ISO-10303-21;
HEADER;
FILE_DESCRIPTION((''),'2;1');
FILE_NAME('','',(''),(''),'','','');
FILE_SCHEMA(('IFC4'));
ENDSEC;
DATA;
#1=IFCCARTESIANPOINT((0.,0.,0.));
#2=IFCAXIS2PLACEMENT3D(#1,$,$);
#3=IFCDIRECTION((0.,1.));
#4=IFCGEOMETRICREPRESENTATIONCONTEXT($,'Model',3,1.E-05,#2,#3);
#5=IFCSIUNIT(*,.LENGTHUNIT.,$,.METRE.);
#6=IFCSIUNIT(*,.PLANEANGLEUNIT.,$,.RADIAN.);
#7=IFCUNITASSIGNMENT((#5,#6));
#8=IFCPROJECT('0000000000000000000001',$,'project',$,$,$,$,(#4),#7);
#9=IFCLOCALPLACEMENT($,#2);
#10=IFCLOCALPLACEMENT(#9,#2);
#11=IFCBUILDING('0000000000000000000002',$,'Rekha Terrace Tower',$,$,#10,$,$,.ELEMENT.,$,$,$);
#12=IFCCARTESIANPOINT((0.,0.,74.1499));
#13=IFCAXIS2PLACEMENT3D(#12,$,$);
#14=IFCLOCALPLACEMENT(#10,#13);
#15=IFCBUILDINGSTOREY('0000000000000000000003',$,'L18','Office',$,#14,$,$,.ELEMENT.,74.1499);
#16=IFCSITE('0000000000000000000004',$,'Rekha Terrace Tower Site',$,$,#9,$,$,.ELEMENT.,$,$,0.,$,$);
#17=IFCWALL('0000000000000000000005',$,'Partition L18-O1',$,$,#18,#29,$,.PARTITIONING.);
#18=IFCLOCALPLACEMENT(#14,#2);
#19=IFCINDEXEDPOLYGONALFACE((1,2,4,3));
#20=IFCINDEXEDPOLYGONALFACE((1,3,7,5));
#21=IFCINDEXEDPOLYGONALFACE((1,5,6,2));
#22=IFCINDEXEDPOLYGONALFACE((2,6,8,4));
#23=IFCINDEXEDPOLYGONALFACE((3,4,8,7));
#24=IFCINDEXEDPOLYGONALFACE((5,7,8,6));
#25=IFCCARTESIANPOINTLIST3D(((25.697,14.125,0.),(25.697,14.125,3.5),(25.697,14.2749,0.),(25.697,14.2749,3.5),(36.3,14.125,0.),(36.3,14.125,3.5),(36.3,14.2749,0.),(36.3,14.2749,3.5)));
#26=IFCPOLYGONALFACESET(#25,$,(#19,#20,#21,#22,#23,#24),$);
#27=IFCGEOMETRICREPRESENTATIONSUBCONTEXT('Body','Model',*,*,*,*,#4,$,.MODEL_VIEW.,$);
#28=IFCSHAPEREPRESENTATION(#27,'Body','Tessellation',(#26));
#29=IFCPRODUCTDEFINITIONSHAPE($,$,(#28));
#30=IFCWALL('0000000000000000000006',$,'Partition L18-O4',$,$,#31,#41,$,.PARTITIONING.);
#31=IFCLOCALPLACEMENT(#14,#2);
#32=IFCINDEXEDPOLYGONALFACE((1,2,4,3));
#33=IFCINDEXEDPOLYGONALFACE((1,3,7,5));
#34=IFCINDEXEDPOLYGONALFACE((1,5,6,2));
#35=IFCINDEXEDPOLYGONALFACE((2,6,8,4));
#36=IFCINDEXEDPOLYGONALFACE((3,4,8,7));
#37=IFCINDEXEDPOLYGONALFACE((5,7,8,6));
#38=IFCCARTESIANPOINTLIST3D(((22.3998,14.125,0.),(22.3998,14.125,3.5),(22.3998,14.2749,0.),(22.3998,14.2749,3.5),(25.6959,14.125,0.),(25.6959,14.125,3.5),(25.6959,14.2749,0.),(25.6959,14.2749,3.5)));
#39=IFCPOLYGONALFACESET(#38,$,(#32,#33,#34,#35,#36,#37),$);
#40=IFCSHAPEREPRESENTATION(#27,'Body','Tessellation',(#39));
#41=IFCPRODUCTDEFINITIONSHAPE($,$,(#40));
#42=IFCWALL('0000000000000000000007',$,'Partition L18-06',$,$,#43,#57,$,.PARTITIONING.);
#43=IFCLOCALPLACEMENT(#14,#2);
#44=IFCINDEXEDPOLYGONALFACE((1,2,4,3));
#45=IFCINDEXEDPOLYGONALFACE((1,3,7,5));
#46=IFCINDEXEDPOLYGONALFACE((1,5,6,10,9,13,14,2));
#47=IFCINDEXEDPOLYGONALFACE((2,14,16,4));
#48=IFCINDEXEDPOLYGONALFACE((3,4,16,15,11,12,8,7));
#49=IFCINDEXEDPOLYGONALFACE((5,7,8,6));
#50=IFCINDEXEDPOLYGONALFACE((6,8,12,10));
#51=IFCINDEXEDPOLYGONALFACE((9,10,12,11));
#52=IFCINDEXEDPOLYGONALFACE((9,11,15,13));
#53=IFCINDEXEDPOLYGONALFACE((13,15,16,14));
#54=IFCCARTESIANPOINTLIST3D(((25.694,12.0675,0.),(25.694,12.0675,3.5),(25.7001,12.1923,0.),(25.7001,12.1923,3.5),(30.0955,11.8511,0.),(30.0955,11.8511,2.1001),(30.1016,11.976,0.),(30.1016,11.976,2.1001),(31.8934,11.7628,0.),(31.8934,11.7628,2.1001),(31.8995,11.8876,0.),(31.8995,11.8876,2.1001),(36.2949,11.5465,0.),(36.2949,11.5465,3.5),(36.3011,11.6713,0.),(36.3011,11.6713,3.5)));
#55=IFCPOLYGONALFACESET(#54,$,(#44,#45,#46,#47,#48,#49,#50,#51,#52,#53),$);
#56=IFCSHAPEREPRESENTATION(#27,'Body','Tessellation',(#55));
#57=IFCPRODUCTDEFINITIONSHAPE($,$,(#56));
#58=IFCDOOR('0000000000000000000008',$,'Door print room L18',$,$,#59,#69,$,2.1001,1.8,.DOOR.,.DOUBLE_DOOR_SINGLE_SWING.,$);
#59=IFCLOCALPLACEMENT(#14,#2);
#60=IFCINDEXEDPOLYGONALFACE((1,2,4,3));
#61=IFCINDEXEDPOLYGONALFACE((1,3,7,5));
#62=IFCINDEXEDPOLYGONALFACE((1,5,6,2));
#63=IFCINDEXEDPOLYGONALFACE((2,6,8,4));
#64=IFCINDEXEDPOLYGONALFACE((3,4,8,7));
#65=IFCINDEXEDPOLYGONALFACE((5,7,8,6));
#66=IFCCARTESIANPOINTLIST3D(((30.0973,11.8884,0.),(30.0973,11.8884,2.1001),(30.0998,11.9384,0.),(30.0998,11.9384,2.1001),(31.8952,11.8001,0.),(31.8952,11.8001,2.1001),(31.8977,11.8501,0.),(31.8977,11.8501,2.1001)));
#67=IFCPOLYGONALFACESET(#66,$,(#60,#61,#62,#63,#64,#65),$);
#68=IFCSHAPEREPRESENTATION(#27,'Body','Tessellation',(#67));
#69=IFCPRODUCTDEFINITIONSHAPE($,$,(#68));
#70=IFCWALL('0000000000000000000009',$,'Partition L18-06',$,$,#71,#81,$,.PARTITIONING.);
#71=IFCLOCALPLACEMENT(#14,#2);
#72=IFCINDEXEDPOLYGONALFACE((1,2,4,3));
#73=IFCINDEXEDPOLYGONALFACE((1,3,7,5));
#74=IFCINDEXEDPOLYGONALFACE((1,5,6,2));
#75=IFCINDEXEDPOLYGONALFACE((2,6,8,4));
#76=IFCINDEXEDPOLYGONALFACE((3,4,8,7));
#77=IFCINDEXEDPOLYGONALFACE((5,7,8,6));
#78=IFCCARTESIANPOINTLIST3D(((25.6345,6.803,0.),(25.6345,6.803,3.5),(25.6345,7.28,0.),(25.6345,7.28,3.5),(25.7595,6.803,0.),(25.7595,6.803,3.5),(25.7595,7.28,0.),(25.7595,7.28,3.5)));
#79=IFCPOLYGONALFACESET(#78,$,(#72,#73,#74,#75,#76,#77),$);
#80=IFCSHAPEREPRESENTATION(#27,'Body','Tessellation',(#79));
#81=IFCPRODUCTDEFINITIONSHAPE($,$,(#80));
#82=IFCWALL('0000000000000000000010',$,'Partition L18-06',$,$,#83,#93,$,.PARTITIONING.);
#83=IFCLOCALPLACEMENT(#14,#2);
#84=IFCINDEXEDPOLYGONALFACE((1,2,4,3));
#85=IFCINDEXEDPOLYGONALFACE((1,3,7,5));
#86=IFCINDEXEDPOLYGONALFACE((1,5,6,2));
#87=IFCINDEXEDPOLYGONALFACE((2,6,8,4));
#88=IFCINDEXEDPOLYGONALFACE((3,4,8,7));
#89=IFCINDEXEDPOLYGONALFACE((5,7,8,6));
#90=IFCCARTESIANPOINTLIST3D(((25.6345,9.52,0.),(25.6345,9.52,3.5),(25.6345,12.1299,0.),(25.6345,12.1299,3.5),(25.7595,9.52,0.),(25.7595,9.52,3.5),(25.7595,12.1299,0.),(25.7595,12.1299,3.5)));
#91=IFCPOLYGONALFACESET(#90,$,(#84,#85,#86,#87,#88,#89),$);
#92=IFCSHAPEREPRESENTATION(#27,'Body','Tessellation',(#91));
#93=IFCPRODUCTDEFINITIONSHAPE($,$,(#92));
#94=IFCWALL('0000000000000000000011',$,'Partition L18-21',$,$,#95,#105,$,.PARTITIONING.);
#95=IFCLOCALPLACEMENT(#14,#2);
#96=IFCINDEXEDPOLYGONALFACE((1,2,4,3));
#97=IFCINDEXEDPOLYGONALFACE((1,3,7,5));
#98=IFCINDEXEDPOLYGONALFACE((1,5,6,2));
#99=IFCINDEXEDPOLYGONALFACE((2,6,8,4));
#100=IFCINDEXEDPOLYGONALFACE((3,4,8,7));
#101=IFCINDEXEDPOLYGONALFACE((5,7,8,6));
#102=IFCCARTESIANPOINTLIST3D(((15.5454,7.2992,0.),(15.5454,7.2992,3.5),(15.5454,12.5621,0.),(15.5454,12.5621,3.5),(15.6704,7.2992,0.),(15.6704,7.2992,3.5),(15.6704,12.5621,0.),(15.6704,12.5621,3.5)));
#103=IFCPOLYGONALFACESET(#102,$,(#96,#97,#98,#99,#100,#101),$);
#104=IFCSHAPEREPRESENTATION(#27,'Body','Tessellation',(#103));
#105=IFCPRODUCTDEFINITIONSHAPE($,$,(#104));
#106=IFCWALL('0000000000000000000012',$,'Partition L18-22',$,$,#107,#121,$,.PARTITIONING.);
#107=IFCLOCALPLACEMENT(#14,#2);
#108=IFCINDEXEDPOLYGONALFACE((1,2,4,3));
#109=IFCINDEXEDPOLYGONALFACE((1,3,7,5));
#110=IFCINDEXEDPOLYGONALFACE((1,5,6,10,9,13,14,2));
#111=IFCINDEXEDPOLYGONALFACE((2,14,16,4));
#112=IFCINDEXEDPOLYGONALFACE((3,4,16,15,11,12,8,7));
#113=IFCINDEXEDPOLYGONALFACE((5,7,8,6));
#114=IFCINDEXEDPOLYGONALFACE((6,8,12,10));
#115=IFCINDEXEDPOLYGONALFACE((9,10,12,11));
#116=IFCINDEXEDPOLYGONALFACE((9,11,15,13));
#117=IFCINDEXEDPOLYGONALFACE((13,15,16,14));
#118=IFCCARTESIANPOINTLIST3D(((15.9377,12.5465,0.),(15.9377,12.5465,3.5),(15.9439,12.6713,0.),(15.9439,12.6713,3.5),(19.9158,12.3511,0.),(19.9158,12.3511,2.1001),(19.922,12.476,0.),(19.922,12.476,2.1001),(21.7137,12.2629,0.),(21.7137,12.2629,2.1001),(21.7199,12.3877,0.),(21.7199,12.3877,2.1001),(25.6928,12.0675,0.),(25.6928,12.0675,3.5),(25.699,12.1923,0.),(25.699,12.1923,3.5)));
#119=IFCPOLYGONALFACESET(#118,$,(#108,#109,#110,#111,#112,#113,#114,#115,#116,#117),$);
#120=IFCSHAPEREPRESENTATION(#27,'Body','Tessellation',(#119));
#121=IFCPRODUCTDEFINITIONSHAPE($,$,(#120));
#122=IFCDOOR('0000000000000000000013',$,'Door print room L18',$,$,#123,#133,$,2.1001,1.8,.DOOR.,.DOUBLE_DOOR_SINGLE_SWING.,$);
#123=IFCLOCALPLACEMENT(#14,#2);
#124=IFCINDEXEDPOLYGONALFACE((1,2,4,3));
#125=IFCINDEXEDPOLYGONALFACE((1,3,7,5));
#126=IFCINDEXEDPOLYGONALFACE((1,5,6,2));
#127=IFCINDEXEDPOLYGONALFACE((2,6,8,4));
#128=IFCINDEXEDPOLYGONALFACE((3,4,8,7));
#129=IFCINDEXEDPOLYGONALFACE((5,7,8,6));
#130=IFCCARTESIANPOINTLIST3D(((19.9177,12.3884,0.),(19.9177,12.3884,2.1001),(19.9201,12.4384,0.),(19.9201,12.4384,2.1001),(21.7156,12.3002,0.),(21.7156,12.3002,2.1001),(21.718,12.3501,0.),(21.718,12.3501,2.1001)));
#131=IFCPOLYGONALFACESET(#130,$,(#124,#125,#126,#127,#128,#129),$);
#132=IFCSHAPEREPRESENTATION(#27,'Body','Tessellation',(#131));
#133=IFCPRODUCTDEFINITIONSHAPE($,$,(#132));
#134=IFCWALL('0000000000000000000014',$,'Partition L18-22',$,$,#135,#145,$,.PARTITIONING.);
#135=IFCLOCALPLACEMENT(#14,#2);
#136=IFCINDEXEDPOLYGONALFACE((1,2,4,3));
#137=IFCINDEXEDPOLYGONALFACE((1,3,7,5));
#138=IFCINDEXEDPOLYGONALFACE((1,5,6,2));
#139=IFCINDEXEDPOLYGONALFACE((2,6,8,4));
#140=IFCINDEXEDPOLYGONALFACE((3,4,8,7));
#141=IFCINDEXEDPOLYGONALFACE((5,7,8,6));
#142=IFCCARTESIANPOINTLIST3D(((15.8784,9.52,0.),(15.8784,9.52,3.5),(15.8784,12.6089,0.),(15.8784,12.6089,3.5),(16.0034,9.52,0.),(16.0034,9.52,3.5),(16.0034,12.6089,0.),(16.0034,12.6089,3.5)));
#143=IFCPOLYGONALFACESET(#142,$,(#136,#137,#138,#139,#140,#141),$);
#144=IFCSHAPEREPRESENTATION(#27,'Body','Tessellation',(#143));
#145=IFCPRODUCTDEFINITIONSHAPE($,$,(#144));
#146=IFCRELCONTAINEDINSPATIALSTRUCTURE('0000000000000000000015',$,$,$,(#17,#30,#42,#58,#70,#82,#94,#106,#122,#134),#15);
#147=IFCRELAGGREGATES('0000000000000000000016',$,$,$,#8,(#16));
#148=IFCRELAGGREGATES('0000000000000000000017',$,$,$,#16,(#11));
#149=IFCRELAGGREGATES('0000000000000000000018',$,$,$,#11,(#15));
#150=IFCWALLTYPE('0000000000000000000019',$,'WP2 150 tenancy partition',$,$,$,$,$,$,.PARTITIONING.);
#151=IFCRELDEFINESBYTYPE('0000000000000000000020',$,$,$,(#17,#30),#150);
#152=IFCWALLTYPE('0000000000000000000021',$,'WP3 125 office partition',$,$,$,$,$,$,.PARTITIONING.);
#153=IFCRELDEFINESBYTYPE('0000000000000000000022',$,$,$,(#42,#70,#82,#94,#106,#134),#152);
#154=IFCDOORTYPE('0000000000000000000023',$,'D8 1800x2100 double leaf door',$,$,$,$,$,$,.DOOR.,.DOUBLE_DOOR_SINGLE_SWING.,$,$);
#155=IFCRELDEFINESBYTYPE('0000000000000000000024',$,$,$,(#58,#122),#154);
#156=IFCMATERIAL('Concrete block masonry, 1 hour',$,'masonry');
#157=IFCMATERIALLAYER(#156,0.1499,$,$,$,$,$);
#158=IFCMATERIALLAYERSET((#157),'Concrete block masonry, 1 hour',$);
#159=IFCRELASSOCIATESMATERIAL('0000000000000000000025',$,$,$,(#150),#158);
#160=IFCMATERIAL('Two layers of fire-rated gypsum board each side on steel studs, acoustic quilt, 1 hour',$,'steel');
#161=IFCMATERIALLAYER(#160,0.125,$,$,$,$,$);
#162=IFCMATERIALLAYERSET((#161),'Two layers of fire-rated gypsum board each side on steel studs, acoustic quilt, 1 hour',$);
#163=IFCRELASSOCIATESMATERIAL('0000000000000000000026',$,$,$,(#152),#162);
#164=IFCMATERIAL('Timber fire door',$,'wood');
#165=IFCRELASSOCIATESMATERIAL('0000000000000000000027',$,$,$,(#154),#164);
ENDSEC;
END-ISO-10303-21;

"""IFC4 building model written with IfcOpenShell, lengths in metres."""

from ifc_helpers import new_model, si_unit, direction, frame, frame_2d, origin, place, context, subcontext, project, spatial, rectangle, extrude, material, layer, layer_set, type_object, element, fill, save


model = new_model("IFC4")

# Units and contexts
model_context = context("Model", 3, precision=1e-05, world=origin(), true_north=direction((0.0, 1.0)))
body_context = subcontext(model_context, "Body", "Model", "MODEL_VIEW")
ifc_project = project(units=[si_unit("LENGTHUNIT", "METRE"), si_unit("PLANEANGLEUNIT", "RADIAN")], contexts=[model_context])

# Site, building, storey
site_placement = place(None, origin())
site = spatial("IfcSite", under=ifc_project, at=site_placement, Name="Rekha Terrace Tower Site", CompositionType="ELEMENT", RefElevation=0.0)
building_placement = place(site_placement, origin())
building = spatial("IfcBuilding", under=site, at=building_placement, Name="Rekha Terrace Tower", CompositionType="ELEMENT")
storey_placement = place(building_placement, frame((0.0, 0.0, 74.1499)))
storey = spatial("IfcBuildingStorey", under=building, at=storey_placement, Name="L18", Description="Office", CompositionType="ELEMENT", Elevation=74.1499)

# Walls
ifc_material_1 = material(Name="Concrete block masonry, 1 hour", Category="masonry")
ifc_layer_1 = layer(ifc_material_1, 0.1499)
ifc_layer_set_1 = layer_set([ifc_layer_1], Name="Concrete block masonry, 1 hour")
wall_type_1 = type_object("IfcWallType", Name="WP2 150 tenancy partition", PredefinedType="PARTITIONING", material=ifc_layer_set_1)
wall_1_placement = place(storey_placement, frame((25.697, 14.2, 0.0), z_axis=(0.0, 0.0, 1.0), x_axis=(1.0, 0.0, 0.0)))
element("IfcWall", 1, at=wall_1_placement, inside=storey, type_object=wall_type_1, Name="Partition L18-O1", PredefinedType="PARTITIONING", context=body_context, shape_type="SweptSolid", body=[
    extrude(rectangle(XDim=10.603, YDim=0.1499, at=frame_2d((5.3015, 0.0))), origin(), (0.0, 0.0, 1.0), 3.5),
])
wall_2_placement = place(storey_placement, frame((22.3999, 14.2, 0.0), z_axis=(0.0, 0.0, 1.0), x_axis=(1.0, 0.0, 0.0)))
element("IfcWall", 2, at=wall_2_placement, inside=storey, type_object=wall_type_1, Name="Partition L18-O4", PredefinedType="PARTITIONING", context=body_context, shape_type="SweptSolid", body=[
    extrude(rectangle(XDim=3.2961, YDim=0.1499, at=frame_2d((1.6479, 0.0))), origin(), (0.0, 0.0, 1.0), 3.5),
])

# Wall, opening, door
ifc_material_2 = material(Name="Two layers of fire-rated gypsum board each side on steel studs, acoustic quilt, 1 hour", Category="steel")
ifc_layer_2 = layer(ifc_material_2, 0.125)
ifc_layer_set_2 = layer_set([ifc_layer_2], Name="Two layers of fire-rated gypsum board each side on steel studs, acoustic quilt, 1 hour")
wall_type_2 = type_object("IfcWallType", Name="WP3 125 office partition", PredefinedType="PARTITIONING", material=ifc_layer_set_2)
wall_3_placement = place(storey_placement, frame((25.697, 12.1299, 0.0), z_axis=(0.0, 0.0, 1.0), x_axis=(0.998795, -0.049086, 0.0)))
wall_3 = element("IfcWall", 3, at=wall_3_placement, inside=storey, type_object=wall_type_2, Name="Partition L18-06", PredefinedType="PARTITIONING", context=body_context, shape_type="SweptSolid", body=[
    extrude(rectangle(XDim=10.6138, YDim=0.125, at=frame_2d((5.3069, 0.0))), origin(), (0.0, 0.0, 1.0), 3.5),
])
opening_1_placement = place(wall_3_placement, frame((4.407, 0.0, 0.0)))
opening_1 = element("IfcOpeningElement", 4, at=opening_1_placement, cuts=wall_3, PredefinedType="OPENING", context=body_context, shape_type="SweptSolid", body=[
    extrude(rectangle(XDim=1.8, YDim=2.1001, at=frame_2d((0.8999, 1.05))), frame((0.0, 0.0725, 0.0), z_axis=(0.0, -1.0, 0.0), x_axis=(1.0, 0.0, 0.0)), (0.0, 0.0, 1.0), 0.145),
])
ifc_material_3 = material(Name="Timber fire door", Category="wood")
door_type = type_object("IfcDoorType", Name="D8 1800x2100 double leaf door", OperationType="DOUBLE_DOOR_SINGLE_SWING", PredefinedType="DOOR", material=ifc_material_3)
door_1_placement = place(opening_1_placement, origin())
door_1 = element("IfcDoor", 5, at=door_1_placement, inside=storey, type_object=door_type, Name="Door print room L18", OperationType="DOUBLE_DOOR_SINGLE_SWING", OverallHeight=2.1001, OverallWidth=1.8, PredefinedType="DOOR", context=body_context, shape_type="SweptSolid", body=[
    extrude(rectangle(XDim=1.8, YDim=2.1001, at=frame_2d((0.8999, 1.05))), frame((0.0, 0.0249, 0.0), z_axis=(0.0, -1.0, 0.0), x_axis=(1.0, 0.0, 0.0)), (0.0, 0.0, 1.0), 0.05),
])
fill(opening_1, door_1)

# Walls
wall_4_placement = place(storey_placement, frame((25.697, 6.803, 0.0), z_axis=(0.0, 0.0, 1.0), x_axis=(0.0, 1.0, 0.0)))
element("IfcWall", 6, at=wall_4_placement, inside=storey, type_object=wall_type_2, Name="Partition L18-06", PredefinedType="PARTITIONING", context=body_context, shape_type="SweptSolid", body=[
    extrude(rectangle(XDim=0.4771, YDim=0.125, at=frame_2d((0.2385, 0.0))), origin(), (0.0, 0.0, 1.0), 3.5),
])
wall_5_placement = place(storey_placement, frame((25.697, 9.52, 0.0), z_axis=(0.0, 0.0, 1.0), x_axis=(0.0, 1.0, 0.0)))
element("IfcWall", 7, at=wall_5_placement, inside=storey, type_object=wall_type_2, Name="Partition L18-06", PredefinedType="PARTITIONING", context=body_context, shape_type="SweptSolid", body=[
    extrude(rectangle(XDim=2.6099, YDim=0.125, at=frame_2d((1.3049, 0.0))), origin(), (0.0, 0.0, 1.0), 3.5),
])
wall_6_placement = place(storey_placement, frame((15.6079, 12.562, 0.0), z_axis=(0.0, 0.0, 1.0), x_axis=(0.0, -1.0, 0.0)))
element("IfcWall", 8, at=wall_6_placement, inside=storey, type_object=wall_type_2, Name="Partition L18-21", PredefinedType="PARTITIONING", context=body_context, shape_type="SweptSolid", body=[
    extrude(rectangle(XDim=5.2629, YDim=0.125, at=frame_2d((2.6313, 0.0))), origin(), (0.0, 0.0, 1.0), 3.5),
])

# Wall, opening, door
wall_7_placement = place(storey_placement, frame((15.9409, 12.6089, 0.0), z_axis=(0.0, 0.0, 1.0), x_axis=(0.998797, -0.049044, 0.0)))
wall_7 = element("IfcWall", 9, at=wall_7_placement, inside=storey, type_object=wall_type_2, Name="Partition L18-22", PredefinedType="PARTITIONING", context=body_context, shape_type="SweptSolid", body=[
    extrude(rectangle(XDim=9.7668, YDim=0.125, at=frame_2d((4.8833, 0.0))), origin(), (0.0, 0.0, 1.0), 3.5),
])
opening_2_placement = place(wall_7_placement, frame((3.9829, 0.0, 0.0)))
opening_2 = element("IfcOpeningElement", 10, at=opening_2_placement, cuts=wall_7, PredefinedType="OPENING", context=body_context, shape_type="SweptSolid", body=[
    extrude(rectangle(XDim=1.8, YDim=2.1001, at=frame_2d((0.8999, 1.05))), frame((0.0, 0.0725, 0.0), z_axis=(0.0, -1.0, 0.0), x_axis=(1.0, 0.0, 0.0)), (0.0, 0.0, 1.0), 0.145),
])
door_2_placement = place(opening_2_placement, origin())
door_2 = element("IfcDoor", 11, at=door_2_placement, inside=storey, type_object=door_type, Name="Door print room L18", OperationType="DOUBLE_DOOR_SINGLE_SWING", OverallHeight=2.1001, OverallWidth=1.8, PredefinedType="DOOR", context=body_context, shape_type="SweptSolid", body=[
    extrude(rectangle(XDim=1.8, YDim=2.1001, at=frame_2d((0.8999, 1.05))), frame((0.0, 0.0249, 0.0), z_axis=(0.0, -1.0, 0.0), x_axis=(1.0, 0.0, 0.0)), (0.0, 0.0, 1.0), 0.05),
])
fill(opening_2, door_2)

# Wall
wall_8_placement = place(storey_placement, frame((15.9409, 9.52, 0.0), z_axis=(0.0, 0.0, 1.0), x_axis=(0.0, 1.0, 0.0)))
element("IfcWall", 12, at=wall_8_placement, inside=storey, type_object=wall_type_2, Name="Partition L18-22", PredefinedType="PARTITIONING", context=body_context, shape_type="SweptSolid", body=[
    extrude(rectangle(XDim=3.0889, YDim=0.125, at=frame_2d((1.5444, 0.0))), origin(), (0.0, 0.0, 1.0), 3.5),
])

save(model, "model.ifc")
